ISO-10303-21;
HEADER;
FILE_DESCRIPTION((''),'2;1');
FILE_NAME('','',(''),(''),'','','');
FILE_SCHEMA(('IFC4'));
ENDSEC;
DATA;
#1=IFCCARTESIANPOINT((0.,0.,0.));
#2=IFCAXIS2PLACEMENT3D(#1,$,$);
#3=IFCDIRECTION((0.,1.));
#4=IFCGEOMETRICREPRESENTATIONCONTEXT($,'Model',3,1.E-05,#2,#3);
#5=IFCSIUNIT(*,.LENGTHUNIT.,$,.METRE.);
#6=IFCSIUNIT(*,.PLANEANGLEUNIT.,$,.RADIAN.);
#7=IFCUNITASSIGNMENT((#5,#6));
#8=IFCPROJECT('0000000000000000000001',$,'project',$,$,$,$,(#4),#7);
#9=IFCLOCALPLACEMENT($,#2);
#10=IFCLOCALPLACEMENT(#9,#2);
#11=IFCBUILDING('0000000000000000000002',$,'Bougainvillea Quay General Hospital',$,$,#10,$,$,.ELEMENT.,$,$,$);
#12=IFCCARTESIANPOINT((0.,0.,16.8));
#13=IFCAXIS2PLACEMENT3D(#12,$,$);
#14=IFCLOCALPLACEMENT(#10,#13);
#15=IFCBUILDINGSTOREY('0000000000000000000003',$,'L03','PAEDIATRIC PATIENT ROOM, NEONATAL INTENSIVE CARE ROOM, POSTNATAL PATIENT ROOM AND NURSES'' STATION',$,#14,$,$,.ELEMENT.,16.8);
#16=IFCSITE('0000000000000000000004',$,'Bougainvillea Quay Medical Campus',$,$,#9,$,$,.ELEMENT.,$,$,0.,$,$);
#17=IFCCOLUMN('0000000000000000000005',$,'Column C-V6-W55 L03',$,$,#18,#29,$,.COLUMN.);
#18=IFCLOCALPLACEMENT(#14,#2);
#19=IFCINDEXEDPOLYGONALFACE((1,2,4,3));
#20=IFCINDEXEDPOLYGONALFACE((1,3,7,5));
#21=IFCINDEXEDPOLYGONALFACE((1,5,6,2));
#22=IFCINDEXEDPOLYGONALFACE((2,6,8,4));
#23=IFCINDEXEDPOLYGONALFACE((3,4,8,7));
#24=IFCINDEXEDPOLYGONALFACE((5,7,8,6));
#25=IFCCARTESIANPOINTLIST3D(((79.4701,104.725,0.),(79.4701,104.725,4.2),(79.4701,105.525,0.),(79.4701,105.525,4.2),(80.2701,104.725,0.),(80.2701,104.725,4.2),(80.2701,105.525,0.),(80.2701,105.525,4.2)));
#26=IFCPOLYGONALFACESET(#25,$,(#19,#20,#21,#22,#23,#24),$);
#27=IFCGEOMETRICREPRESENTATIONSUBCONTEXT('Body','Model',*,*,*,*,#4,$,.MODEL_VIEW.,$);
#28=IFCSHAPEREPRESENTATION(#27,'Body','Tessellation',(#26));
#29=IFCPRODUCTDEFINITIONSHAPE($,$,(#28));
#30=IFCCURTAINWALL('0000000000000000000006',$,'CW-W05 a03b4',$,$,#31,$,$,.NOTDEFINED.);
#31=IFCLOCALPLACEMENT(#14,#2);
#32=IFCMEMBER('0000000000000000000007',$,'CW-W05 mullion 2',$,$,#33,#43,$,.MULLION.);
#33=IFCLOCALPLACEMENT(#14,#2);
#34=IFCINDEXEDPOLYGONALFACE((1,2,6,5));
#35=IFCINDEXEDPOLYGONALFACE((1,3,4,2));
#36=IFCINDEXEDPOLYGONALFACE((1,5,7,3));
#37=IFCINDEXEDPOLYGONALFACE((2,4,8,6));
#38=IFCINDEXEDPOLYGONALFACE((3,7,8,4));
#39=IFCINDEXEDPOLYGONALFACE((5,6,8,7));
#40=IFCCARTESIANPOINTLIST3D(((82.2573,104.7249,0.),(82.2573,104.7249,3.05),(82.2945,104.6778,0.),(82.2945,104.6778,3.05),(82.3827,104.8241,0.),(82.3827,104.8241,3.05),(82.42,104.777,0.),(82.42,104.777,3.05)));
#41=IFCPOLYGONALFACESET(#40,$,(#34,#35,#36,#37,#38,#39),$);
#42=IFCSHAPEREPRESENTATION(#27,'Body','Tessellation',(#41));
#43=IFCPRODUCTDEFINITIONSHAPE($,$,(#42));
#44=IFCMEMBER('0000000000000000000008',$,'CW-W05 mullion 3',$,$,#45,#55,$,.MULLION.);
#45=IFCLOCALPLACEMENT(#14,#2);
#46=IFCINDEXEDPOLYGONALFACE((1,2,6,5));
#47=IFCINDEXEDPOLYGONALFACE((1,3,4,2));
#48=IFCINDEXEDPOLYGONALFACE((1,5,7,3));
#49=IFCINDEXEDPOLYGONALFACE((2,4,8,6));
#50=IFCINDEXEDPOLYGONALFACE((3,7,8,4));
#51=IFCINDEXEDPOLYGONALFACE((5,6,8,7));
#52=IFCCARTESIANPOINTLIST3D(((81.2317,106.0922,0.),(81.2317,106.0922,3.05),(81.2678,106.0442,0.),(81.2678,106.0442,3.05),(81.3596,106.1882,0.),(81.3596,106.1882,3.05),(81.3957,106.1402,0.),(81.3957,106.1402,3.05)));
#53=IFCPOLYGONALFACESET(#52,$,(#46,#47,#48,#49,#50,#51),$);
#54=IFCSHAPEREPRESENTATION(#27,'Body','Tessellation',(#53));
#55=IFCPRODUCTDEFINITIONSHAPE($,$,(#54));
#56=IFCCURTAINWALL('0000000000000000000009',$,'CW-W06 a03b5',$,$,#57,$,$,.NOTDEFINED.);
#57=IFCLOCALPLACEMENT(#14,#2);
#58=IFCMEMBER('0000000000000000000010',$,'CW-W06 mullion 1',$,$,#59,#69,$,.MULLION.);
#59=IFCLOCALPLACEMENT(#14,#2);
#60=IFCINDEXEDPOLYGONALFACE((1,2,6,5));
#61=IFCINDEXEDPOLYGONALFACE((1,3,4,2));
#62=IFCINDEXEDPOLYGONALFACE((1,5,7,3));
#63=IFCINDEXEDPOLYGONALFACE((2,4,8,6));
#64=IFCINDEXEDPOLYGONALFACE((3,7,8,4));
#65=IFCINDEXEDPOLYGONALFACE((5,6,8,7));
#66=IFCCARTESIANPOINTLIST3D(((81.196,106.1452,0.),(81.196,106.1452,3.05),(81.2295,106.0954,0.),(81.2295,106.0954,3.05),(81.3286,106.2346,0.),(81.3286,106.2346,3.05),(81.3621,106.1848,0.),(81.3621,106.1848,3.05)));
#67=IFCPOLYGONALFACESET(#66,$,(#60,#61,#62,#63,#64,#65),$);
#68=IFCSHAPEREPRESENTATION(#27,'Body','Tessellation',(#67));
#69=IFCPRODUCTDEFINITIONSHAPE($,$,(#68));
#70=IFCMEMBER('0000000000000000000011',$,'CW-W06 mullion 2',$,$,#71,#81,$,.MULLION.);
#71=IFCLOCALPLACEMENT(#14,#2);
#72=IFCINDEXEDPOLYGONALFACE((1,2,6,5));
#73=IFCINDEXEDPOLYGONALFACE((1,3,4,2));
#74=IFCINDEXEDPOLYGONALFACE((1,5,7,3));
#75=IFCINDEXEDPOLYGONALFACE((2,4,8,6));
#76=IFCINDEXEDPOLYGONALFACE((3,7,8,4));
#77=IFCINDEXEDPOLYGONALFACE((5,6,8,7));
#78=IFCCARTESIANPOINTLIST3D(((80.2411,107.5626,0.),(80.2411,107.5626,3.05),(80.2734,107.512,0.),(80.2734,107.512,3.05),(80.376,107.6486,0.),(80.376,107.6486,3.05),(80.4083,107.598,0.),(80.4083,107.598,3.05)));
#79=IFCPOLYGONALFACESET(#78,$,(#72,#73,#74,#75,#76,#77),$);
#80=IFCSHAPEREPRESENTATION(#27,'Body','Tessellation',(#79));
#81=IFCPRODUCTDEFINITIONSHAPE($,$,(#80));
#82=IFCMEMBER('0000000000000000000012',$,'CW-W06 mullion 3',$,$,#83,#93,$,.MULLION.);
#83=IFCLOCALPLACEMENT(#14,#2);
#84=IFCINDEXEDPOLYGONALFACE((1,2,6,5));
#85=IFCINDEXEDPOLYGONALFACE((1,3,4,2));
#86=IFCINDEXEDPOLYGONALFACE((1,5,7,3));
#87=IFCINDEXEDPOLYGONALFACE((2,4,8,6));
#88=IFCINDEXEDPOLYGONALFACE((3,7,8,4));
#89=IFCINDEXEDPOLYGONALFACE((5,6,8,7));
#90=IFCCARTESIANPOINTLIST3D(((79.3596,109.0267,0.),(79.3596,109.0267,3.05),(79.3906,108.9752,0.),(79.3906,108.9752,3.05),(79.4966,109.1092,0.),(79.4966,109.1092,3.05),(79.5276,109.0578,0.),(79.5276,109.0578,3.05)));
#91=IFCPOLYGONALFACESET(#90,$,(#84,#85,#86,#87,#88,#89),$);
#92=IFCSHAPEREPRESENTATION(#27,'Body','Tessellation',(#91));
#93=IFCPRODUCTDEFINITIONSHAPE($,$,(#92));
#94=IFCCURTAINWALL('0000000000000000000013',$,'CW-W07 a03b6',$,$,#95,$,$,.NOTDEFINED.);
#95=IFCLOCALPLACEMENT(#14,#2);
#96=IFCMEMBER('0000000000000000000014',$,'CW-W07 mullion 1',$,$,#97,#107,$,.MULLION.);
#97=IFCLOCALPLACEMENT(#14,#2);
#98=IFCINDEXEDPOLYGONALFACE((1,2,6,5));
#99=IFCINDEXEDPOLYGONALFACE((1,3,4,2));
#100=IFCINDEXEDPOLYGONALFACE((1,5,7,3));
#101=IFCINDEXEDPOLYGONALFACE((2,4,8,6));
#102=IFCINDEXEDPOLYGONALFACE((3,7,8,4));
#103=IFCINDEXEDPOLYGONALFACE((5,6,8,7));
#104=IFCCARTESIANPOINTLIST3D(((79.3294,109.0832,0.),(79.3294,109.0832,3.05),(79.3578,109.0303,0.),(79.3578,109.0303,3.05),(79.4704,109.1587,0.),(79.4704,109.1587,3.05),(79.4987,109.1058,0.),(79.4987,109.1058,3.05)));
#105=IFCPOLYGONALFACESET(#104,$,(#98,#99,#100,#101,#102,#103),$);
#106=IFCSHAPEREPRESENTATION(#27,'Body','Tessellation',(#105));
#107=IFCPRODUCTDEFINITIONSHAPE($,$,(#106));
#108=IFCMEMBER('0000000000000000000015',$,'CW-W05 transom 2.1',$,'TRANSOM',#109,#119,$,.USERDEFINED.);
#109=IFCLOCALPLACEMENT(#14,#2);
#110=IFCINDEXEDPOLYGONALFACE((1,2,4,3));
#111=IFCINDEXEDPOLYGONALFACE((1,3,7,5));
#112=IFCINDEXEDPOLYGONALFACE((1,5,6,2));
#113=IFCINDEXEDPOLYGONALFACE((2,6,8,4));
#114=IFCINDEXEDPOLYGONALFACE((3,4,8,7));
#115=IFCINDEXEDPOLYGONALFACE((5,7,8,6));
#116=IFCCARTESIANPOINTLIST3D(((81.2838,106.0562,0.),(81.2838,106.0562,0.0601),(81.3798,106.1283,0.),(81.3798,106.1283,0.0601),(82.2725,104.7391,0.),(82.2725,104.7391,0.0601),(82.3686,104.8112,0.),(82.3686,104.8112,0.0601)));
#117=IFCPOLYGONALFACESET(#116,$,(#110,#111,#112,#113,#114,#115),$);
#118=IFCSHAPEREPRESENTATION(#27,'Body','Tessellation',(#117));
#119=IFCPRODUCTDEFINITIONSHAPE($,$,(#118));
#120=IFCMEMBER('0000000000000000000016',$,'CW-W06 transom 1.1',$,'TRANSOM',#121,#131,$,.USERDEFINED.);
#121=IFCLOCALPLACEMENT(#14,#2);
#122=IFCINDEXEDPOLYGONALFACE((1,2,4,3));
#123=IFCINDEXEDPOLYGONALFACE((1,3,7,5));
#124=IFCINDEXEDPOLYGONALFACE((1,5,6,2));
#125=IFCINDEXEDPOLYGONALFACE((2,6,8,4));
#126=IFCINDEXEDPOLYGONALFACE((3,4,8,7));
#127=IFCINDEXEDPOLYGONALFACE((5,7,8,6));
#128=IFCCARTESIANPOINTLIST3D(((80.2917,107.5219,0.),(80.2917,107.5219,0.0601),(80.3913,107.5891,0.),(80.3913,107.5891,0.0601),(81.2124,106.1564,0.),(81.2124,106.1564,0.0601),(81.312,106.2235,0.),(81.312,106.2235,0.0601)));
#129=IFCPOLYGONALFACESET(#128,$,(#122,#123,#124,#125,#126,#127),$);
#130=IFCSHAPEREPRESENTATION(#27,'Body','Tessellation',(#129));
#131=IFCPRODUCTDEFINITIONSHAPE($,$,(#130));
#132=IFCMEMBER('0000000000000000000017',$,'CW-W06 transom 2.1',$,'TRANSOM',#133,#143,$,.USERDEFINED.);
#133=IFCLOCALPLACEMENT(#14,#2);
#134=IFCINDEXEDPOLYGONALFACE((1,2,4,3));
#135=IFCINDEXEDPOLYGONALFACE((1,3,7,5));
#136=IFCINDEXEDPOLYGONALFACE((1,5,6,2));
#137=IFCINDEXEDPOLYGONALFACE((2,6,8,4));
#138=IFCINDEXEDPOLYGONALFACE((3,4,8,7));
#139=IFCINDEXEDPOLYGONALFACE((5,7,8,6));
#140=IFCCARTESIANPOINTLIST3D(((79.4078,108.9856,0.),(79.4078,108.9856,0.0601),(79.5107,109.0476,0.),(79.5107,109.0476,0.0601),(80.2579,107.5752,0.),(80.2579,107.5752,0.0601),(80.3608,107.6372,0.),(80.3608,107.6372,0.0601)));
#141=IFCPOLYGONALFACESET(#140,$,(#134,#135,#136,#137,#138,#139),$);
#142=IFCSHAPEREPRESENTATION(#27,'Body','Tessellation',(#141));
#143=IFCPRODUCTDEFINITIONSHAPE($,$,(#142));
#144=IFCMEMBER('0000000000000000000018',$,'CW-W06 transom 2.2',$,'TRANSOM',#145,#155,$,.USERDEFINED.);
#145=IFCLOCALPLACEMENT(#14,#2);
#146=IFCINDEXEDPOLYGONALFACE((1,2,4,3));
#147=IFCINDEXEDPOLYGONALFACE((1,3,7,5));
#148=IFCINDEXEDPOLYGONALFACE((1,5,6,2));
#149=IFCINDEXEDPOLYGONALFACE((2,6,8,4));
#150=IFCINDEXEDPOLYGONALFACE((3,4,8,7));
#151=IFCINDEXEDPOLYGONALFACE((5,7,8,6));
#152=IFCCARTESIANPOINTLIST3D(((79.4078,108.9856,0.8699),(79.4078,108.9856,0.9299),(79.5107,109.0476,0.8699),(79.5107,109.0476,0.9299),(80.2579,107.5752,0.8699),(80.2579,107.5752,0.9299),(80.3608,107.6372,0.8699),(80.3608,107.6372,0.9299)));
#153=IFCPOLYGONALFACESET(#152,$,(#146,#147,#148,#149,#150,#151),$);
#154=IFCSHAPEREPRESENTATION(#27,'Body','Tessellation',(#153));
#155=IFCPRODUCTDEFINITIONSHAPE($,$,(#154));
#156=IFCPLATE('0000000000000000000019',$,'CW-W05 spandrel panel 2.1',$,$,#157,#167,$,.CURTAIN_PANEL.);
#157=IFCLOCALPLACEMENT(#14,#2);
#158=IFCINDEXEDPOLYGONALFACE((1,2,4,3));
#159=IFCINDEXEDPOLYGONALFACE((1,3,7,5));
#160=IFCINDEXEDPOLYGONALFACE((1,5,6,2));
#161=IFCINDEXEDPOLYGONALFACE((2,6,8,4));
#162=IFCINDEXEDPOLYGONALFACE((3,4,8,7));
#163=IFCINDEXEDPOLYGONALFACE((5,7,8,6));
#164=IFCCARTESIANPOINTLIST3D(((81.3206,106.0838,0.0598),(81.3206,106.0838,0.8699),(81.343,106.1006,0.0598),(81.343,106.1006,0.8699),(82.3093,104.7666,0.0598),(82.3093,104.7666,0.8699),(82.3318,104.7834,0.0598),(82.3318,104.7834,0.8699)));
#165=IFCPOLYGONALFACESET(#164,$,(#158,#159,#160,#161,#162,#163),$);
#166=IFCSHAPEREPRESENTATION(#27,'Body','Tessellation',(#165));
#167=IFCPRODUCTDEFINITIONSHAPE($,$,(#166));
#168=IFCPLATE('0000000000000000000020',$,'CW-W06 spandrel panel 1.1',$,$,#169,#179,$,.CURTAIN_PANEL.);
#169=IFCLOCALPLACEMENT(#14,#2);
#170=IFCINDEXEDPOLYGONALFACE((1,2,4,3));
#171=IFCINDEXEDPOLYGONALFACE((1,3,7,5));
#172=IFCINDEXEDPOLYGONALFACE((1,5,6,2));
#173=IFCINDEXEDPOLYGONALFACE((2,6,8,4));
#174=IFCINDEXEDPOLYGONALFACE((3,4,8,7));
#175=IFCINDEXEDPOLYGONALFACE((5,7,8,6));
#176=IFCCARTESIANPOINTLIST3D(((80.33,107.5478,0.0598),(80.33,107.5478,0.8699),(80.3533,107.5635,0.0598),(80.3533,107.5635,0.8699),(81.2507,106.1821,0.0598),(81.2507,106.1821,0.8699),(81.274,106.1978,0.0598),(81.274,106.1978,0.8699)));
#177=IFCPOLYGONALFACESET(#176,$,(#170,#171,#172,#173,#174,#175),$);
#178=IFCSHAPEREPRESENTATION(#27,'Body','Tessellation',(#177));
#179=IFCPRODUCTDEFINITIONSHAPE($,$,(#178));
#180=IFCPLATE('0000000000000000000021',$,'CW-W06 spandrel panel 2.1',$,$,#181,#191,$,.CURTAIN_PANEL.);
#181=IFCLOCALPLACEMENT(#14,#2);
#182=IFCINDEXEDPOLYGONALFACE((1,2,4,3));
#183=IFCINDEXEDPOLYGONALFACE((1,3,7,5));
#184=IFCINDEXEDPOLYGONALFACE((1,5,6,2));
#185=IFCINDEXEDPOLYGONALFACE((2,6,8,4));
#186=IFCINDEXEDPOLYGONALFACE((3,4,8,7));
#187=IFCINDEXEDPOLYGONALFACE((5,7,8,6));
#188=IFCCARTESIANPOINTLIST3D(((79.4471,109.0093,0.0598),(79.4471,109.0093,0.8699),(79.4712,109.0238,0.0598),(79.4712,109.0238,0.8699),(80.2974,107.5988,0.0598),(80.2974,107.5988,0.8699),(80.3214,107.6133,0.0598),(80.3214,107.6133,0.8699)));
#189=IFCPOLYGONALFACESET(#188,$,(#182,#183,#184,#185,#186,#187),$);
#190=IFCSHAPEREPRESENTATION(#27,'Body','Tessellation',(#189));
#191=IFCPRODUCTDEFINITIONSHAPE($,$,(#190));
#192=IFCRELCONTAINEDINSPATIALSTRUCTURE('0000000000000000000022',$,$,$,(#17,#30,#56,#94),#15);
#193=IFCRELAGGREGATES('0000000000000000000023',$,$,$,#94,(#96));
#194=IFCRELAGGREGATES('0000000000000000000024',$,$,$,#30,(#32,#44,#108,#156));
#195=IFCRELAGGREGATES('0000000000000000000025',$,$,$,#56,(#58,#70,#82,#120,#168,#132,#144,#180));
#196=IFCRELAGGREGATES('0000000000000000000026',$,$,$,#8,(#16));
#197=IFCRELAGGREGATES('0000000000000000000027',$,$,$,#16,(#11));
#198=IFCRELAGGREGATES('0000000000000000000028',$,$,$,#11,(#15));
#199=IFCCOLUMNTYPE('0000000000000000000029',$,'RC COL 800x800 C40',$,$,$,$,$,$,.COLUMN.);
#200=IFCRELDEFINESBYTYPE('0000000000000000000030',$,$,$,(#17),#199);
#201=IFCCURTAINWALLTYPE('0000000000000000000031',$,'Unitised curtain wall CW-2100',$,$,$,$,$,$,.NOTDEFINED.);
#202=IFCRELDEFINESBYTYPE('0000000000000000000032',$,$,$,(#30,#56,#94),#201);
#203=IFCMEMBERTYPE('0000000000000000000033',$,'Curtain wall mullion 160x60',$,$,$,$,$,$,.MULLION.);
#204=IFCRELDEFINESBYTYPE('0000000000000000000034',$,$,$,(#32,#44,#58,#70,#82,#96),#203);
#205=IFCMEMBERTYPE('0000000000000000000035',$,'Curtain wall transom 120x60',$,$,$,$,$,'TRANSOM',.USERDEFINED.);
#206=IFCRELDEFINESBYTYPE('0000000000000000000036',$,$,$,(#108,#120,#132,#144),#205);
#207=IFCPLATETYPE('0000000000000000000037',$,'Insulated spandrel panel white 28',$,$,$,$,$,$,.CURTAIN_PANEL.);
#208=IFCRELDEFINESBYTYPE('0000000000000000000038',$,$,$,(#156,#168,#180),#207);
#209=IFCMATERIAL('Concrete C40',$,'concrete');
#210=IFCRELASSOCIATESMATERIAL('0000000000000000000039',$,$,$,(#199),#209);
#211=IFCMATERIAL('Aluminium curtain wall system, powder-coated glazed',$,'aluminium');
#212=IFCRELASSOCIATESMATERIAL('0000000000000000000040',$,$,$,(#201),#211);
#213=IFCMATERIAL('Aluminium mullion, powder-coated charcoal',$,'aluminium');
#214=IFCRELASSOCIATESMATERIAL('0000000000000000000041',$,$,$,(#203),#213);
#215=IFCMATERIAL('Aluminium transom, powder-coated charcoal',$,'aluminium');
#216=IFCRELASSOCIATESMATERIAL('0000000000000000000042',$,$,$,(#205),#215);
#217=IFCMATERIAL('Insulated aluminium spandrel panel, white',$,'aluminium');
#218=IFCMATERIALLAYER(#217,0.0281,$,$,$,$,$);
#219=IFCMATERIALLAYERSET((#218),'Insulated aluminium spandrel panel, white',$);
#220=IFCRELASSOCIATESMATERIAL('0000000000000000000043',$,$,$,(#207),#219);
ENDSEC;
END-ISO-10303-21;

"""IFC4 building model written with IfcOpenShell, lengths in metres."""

from ifc_helpers import new_model, si_unit, direction, frame, origin, origin_2d, place, context, subcontext, project, spatial, rectangle, extrude, material, layer, layer_set, material_profile, profile_set, type_object, element, aggregate, save


model = new_model("IFC4")

# Units and contexts
model_context = context("Model", 3, precision=1e-05, world=origin(), true_north=direction((0.0, 1.0)))
body_context = subcontext(model_context, "Body", "Model", "MODEL_VIEW")
ifc_project = project(units=[si_unit("LENGTHUNIT", "METRE"), si_unit("PLANEANGLEUNIT", "RADIAN")], contexts=[model_context])

# Site, building, storey
site_placement = place(None, origin())
site = spatial("IfcSite", under=ifc_project, at=site_placement, Name="Bougainvillea Quay Medical Campus", CompositionType="ELEMENT", RefElevation=0.0)
building_placement = place(site_placement, origin())
building = spatial("IfcBuilding", under=site, at=building_placement, Name="Bougainvillea Quay General Hospital", CompositionType="ELEMENT")
storey_placement = place(building_placement, frame((0.0, 0.0, 16.8)))
storey = spatial("IfcBuildingStorey", under=building, at=storey_placement, Name="L03", Description="PAEDIATRIC PATIENT ROOM, NEONATAL INTENSIVE CARE ROOM, POSTNATAL PATIENT ROOM AND NURSES' STATION", CompositionType="ELEMENT", Elevation=16.8)

# Column
ifc_material_1 = material(Name="Concrete C40", Category="concrete")
ifc_material_profile_1 = material_profile(ifc_material_1, rectangle(XDim=0.8, YDim=0.8, at=origin_2d()))
ifc_profile_set_1 = profile_set([ifc_material_profile_1], Name="Concrete C40")
column_type = type_object("IfcColumnType", Name="RC COL 800x800 C40", PredefinedType="COLUMN", material=ifc_profile_set_1)
column_placement = place(storey_placement, frame((79.8701, 105.125, 0.0), z_axis=(0.0, 0.0, 1.0), x_axis=(1.0, 0.0, 0.0)))
element("IfcColumn", 1, at=column_placement, inside=storey, type_object=column_type, Name="Column C-V6-W55 L03", PredefinedType="COLUMN", context=body_context, shape_type="SweptSolid", body=[
    extrude(rectangle(XDim=0.8, YDim=0.8, at=origin_2d()), origin(), (0.0, 0.0, 1.0), 4.2),
])

# Curtain walls, members
ifc_material_2 = material(Name="Aluminium curtain wall system, powder-coated glazed", Category="aluminium")
curtain_wall_type = type_object("IfcCurtainWallType", Name="Unitised curtain wall CW-2100", PredefinedType="NOTDEFINED", material=ifc_material_2)
curtain_wall_1_placement = place(storey_placement, origin())
curtain_wall_1 = element("IfcCurtainWall", 2, at=curtain_wall_1_placement, inside=storey, type_object=curtain_wall_type, Name="CW-W05 a03b4", PredefinedType="NOTDEFINED")
ifc_material_3 = material(Name="Aluminium mullion, powder-coated charcoal", Category="aluminium")
ifc_material_profile_2 = material_profile(ifc_material_3, rectangle(XDim=0.1599, YDim=0.0601, at=origin_2d()))
ifc_profile_set_2 = profile_set([ifc_material_profile_2], Name="Aluminium mullion, powder-coated charcoal")
member_type_1 = type_object("IfcMemberType", Name="Curtain wall mullion 160x60", PredefinedType="MULLION", material=ifc_profile_set_2)
member_1_placement = place(storey_placement, frame((82.3386, 104.751, 0.0), z_axis=(0.0, 0.0, 1.0), x_axis=(-0.784279, -0.620409, 0.0)))
member_1 = element("IfcMember", 3, at=member_1_placement, type_object=member_type_1, Name="CW-W05 mullion 2", PredefinedType="MULLION", context=body_context, shape_type="SweptSolid", body=[
    extrude(rectangle(XDim=0.1599, YDim=0.0601, at=origin_2d()), origin(), (0.0, 0.0, 1.0), 3.05),
])
member_2_placement = place(storey_placement, frame((81.3137, 106.1162, 0.0), z_axis=(0.0, 0.0, 1.0), x_axis=(-0.799758, -0.600323, 0.0)))
member_2 = element("IfcMember", 4, at=member_2_placement, type_object=member_type_1, Name="CW-W05 mullion 3", PredefinedType="MULLION", context=body_context, shape_type="SweptSolid", body=[
    extrude(rectangle(XDim=0.1599, YDim=0.0601, at=origin_2d()), origin(), (0.0, 0.0, 1.0), 3.05),
])
curtain_wall_2_placement = place(storey_placement, origin())
curtain_wall_2 = element("IfcCurtainWall", 5, at=curtain_wall_2_placement, inside=storey, type_object=curtain_wall_type, Name="CW-W06 a03b5", PredefinedType="NOTDEFINED")
member_3_placement = place(storey_placement, frame((81.2791, 106.165, 0.0), z_axis=(0.0, 0.0, 1.0), x_axis=(-0.829164, -0.559005, 0.0)))
member_3 = element("IfcMember", 6, at=member_3_placement, type_object=member_type_1, Name="CW-W06 mullion 1", PredefinedType="MULLION", context=body_context, shape_type="SweptSolid", body=[
    extrude(rectangle(XDim=0.1599, YDim=0.0601, at=origin_2d()), origin(), (0.0, 0.0, 1.0), 3.05),
])
member_4_placement = place(storey_placement, frame((80.3247, 107.5803, 0.0), z_axis=(0.0, 0.0, 1.0), x_axis=(-0.843072, -0.5378, 0.0)))
member_4 = element("IfcMember", 7, at=member_4_placement, type_object=member_type_1, Name="CW-W06 mullion 2", PredefinedType="MULLION", context=body_context, shape_type="SweptSolid", body=[
    extrude(rectangle(XDim=0.1599, YDim=0.0601, at=origin_2d()), origin(), (0.0, 0.0, 1.0), 3.05),
])
member_5_placement = place(storey_placement, frame((79.4436, 109.0422, 0.0), z_axis=(0.0, 0.0, 1.0), x_axis=(-0.856438, -0.516249, 0.0)))
member_5 = element("IfcMember", 8, at=member_5_placement, type_object=member_type_1, Name="CW-W06 mullion 3", PredefinedType="MULLION", context=body_context, shape_type="SweptSolid", body=[
    extrude(rectangle(XDim=0.1599, YDim=0.0601, at=origin_2d()), origin(), (0.0, 0.0, 1.0), 3.05),
])

# Curtain wall, member
curtain_wall_3_placement = place(storey_placement, origin())
curtain_wall_3 = element("IfcCurtainWall", 9, at=curtain_wall_3_placement, inside=storey, type_object=curtain_wall_type, Name="CW-W07 a03b6", PredefinedType="NOTDEFINED")
member_6_placement = place(storey_placement, frame((79.4141, 109.0945, 0.0), z_axis=(0.0, 0.0, 1.0), x_axis=(-0.88151, -0.472166, 0.0)))
member_6 = element("IfcMember", 10, at=member_6_placement, type_object=member_type_1, Name="CW-W07 mullion 1", PredefinedType="MULLION", context=body_context, shape_type="SweptSolid", body=[
    extrude(rectangle(XDim=0.1599, YDim=0.0601, at=origin_2d()), origin(), (0.0, 0.0, 1.0), 3.05),
])
aggregate(curtain_wall_3, [member_6])

# Members
ifc_material_4 = material(Name="Aluminium transom, powder-coated charcoal", Category="aluminium")
ifc_material_profile_3 = material_profile(ifc_material_4, rectangle(XDim=0.1201, YDim=0.0601, at=origin_2d()))
ifc_profile_set_3 = profile_set([ifc_material_profile_3], Name="Aluminium transom, powder-coated charcoal")
member_type_2 = type_object("IfcMemberType", Name="Curtain wall transom 120x60", ElementType="TRANSOM", PredefinedType="USERDEFINED", material=ifc_profile_set_3)
member_7_placement = place(storey_placement, frame((82.3206, 104.7751, 0.03), z_axis=(-0.600356, 0.799733, 0.0), x_axis=(-0.799733, -0.600356, 0.0)))
member_7 = element("IfcMember", 11, at=member_7_placement, type_object=member_type_2, Name="CW-W05 transom 2.1", ObjectType="TRANSOM", PredefinedType="USERDEFINED", context=body_context, shape_type="SweptSolid", body=[
    extrude(rectangle(XDim=0.1201, YDim=0.0601, at=origin_2d()), origin(), (0.0, 0.0, 1.0), 1.647),
])
member_8_placement = place(storey_placement, frame((81.2622, 106.1899, 0.03), z_axis=(-0.559037, 0.829142, 0.0), x_axis=(-0.829142, -0.559037, 0.0)))
member_8 = element("IfcMember", 12, at=member_8_placement, type_object=member_type_2, Name="CW-W06 transom 1.1", ObjectType="TRANSOM", PredefinedType="USERDEFINED", context=body_context, shape_type="SweptSolid", body=[
    extrude(rectangle(XDim=0.1201, YDim=0.0601, at=origin_2d()), origin(), (0.0, 0.0, 1.0), 1.647),
])
member_9_placement = place(storey_placement, frame((80.3093, 107.6062, 0.03), z_axis=(-0.516217, 0.856458, 0.0), x_axis=(-0.856458, -0.516217, 0.0)))
member_9 = element("IfcMember", 13, at=member_9_placement, type_object=member_type_2, Name="CW-W06 transom 2.1", ObjectType="TRANSOM", PredefinedType="USERDEFINED", context=body_context, shape_type="SweptSolid", body=[
    extrude(rectangle(XDim=0.1201, YDim=0.0601, at=origin_2d()), origin(), (0.0, 0.0, 1.0), 1.6467),
])
member_10_placement = place(storey_placement, frame((80.3093, 107.6062, 0.8999), z_axis=(-0.516217, 0.856458, 0.0), x_axis=(-0.856458, -0.516217, 0.0)))
member_10 = element("IfcMember", 14, at=member_10_placement, type_object=member_type_2, Name="CW-W06 transom 2.2", ObjectType="TRANSOM", PredefinedType="USERDEFINED", context=body_context, shape_type="SweptSolid", body=[
    extrude(rectangle(XDim=0.1201, YDim=0.0601, at=origin_2d()), origin(), (0.0, 0.0, 1.0), 1.6467),
])

# Plates
ifc_material_5 = material(Name="Insulated aluminium spandrel panel, white", Category="aluminium")
ifc_layer_1 = layer(ifc_material_5, 0.0281)
ifc_layer_set_1 = layer_set([ifc_layer_1], Name="Insulated aluminium spandrel panel, white")
plate_type = type_object("IfcPlateType", Name="Insulated spandrel panel white 28", PredefinedType="CURTAIN_PANEL", material=ifc_layer_set_1)
plate_1_placement = place(storey_placement, frame((81.8262, 105.4336, 0.0598), z_axis=(0.0, 0.0, 1.0), x_axis=(-0.600323, 0.799758, 0.0)))
plate_1 = element("IfcPlate", 15, at=plate_1_placement, type_object=plate_type, Name="CW-W05 spandrel panel 2.1", PredefinedType="CURTAIN_PANEL", context=body_context, shape_type="SweptSolid", body=[
    extrude(rectangle(XDim=1.647, YDim=0.0281, at=origin_2d()), origin(), (0.0, 0.0, 1.0), 0.8101),
])
aggregate(curtain_wall_1, [member_1, member_2, member_7, plate_1])
plate_2_placement = place(storey_placement, frame((80.802, 106.8728, 0.0598), z_axis=(0.0, 0.0, 1.0), x_axis=(-0.559005, 0.829164, 0.0)))
plate_2 = element("IfcPlate", 16, at=plate_2_placement, type_object=plate_type, Name="CW-W06 spandrel panel 1.1", PredefinedType="CURTAIN_PANEL", context=body_context, shape_type="SweptSolid", body=[
    extrude(rectangle(XDim=1.647, YDim=0.0281, at=origin_2d()), origin(), (0.0, 0.0, 1.0), 0.8101),
])
plate_3_placement = place(storey_placement, frame((79.8843, 108.3113, 0.0598), z_axis=(0.0, 0.0, 1.0), x_axis=(-0.516249, 0.856438, 0.0)))
plate_3 = element("IfcPlate", 17, at=plate_3_placement, type_object=plate_type, Name="CW-W06 spandrel panel 2.1", PredefinedType="CURTAIN_PANEL", context=body_context, shape_type="SweptSolid", body=[
    extrude(rectangle(XDim=1.647, YDim=0.0281, at=origin_2d()), origin(), (0.0, 0.0, 1.0), 0.8101),
])
aggregate(curtain_wall_2, [member_3, member_4, member_5, member_8, plate_2, member_9, member_10, plate_3])

save(model, "model.ifc")
